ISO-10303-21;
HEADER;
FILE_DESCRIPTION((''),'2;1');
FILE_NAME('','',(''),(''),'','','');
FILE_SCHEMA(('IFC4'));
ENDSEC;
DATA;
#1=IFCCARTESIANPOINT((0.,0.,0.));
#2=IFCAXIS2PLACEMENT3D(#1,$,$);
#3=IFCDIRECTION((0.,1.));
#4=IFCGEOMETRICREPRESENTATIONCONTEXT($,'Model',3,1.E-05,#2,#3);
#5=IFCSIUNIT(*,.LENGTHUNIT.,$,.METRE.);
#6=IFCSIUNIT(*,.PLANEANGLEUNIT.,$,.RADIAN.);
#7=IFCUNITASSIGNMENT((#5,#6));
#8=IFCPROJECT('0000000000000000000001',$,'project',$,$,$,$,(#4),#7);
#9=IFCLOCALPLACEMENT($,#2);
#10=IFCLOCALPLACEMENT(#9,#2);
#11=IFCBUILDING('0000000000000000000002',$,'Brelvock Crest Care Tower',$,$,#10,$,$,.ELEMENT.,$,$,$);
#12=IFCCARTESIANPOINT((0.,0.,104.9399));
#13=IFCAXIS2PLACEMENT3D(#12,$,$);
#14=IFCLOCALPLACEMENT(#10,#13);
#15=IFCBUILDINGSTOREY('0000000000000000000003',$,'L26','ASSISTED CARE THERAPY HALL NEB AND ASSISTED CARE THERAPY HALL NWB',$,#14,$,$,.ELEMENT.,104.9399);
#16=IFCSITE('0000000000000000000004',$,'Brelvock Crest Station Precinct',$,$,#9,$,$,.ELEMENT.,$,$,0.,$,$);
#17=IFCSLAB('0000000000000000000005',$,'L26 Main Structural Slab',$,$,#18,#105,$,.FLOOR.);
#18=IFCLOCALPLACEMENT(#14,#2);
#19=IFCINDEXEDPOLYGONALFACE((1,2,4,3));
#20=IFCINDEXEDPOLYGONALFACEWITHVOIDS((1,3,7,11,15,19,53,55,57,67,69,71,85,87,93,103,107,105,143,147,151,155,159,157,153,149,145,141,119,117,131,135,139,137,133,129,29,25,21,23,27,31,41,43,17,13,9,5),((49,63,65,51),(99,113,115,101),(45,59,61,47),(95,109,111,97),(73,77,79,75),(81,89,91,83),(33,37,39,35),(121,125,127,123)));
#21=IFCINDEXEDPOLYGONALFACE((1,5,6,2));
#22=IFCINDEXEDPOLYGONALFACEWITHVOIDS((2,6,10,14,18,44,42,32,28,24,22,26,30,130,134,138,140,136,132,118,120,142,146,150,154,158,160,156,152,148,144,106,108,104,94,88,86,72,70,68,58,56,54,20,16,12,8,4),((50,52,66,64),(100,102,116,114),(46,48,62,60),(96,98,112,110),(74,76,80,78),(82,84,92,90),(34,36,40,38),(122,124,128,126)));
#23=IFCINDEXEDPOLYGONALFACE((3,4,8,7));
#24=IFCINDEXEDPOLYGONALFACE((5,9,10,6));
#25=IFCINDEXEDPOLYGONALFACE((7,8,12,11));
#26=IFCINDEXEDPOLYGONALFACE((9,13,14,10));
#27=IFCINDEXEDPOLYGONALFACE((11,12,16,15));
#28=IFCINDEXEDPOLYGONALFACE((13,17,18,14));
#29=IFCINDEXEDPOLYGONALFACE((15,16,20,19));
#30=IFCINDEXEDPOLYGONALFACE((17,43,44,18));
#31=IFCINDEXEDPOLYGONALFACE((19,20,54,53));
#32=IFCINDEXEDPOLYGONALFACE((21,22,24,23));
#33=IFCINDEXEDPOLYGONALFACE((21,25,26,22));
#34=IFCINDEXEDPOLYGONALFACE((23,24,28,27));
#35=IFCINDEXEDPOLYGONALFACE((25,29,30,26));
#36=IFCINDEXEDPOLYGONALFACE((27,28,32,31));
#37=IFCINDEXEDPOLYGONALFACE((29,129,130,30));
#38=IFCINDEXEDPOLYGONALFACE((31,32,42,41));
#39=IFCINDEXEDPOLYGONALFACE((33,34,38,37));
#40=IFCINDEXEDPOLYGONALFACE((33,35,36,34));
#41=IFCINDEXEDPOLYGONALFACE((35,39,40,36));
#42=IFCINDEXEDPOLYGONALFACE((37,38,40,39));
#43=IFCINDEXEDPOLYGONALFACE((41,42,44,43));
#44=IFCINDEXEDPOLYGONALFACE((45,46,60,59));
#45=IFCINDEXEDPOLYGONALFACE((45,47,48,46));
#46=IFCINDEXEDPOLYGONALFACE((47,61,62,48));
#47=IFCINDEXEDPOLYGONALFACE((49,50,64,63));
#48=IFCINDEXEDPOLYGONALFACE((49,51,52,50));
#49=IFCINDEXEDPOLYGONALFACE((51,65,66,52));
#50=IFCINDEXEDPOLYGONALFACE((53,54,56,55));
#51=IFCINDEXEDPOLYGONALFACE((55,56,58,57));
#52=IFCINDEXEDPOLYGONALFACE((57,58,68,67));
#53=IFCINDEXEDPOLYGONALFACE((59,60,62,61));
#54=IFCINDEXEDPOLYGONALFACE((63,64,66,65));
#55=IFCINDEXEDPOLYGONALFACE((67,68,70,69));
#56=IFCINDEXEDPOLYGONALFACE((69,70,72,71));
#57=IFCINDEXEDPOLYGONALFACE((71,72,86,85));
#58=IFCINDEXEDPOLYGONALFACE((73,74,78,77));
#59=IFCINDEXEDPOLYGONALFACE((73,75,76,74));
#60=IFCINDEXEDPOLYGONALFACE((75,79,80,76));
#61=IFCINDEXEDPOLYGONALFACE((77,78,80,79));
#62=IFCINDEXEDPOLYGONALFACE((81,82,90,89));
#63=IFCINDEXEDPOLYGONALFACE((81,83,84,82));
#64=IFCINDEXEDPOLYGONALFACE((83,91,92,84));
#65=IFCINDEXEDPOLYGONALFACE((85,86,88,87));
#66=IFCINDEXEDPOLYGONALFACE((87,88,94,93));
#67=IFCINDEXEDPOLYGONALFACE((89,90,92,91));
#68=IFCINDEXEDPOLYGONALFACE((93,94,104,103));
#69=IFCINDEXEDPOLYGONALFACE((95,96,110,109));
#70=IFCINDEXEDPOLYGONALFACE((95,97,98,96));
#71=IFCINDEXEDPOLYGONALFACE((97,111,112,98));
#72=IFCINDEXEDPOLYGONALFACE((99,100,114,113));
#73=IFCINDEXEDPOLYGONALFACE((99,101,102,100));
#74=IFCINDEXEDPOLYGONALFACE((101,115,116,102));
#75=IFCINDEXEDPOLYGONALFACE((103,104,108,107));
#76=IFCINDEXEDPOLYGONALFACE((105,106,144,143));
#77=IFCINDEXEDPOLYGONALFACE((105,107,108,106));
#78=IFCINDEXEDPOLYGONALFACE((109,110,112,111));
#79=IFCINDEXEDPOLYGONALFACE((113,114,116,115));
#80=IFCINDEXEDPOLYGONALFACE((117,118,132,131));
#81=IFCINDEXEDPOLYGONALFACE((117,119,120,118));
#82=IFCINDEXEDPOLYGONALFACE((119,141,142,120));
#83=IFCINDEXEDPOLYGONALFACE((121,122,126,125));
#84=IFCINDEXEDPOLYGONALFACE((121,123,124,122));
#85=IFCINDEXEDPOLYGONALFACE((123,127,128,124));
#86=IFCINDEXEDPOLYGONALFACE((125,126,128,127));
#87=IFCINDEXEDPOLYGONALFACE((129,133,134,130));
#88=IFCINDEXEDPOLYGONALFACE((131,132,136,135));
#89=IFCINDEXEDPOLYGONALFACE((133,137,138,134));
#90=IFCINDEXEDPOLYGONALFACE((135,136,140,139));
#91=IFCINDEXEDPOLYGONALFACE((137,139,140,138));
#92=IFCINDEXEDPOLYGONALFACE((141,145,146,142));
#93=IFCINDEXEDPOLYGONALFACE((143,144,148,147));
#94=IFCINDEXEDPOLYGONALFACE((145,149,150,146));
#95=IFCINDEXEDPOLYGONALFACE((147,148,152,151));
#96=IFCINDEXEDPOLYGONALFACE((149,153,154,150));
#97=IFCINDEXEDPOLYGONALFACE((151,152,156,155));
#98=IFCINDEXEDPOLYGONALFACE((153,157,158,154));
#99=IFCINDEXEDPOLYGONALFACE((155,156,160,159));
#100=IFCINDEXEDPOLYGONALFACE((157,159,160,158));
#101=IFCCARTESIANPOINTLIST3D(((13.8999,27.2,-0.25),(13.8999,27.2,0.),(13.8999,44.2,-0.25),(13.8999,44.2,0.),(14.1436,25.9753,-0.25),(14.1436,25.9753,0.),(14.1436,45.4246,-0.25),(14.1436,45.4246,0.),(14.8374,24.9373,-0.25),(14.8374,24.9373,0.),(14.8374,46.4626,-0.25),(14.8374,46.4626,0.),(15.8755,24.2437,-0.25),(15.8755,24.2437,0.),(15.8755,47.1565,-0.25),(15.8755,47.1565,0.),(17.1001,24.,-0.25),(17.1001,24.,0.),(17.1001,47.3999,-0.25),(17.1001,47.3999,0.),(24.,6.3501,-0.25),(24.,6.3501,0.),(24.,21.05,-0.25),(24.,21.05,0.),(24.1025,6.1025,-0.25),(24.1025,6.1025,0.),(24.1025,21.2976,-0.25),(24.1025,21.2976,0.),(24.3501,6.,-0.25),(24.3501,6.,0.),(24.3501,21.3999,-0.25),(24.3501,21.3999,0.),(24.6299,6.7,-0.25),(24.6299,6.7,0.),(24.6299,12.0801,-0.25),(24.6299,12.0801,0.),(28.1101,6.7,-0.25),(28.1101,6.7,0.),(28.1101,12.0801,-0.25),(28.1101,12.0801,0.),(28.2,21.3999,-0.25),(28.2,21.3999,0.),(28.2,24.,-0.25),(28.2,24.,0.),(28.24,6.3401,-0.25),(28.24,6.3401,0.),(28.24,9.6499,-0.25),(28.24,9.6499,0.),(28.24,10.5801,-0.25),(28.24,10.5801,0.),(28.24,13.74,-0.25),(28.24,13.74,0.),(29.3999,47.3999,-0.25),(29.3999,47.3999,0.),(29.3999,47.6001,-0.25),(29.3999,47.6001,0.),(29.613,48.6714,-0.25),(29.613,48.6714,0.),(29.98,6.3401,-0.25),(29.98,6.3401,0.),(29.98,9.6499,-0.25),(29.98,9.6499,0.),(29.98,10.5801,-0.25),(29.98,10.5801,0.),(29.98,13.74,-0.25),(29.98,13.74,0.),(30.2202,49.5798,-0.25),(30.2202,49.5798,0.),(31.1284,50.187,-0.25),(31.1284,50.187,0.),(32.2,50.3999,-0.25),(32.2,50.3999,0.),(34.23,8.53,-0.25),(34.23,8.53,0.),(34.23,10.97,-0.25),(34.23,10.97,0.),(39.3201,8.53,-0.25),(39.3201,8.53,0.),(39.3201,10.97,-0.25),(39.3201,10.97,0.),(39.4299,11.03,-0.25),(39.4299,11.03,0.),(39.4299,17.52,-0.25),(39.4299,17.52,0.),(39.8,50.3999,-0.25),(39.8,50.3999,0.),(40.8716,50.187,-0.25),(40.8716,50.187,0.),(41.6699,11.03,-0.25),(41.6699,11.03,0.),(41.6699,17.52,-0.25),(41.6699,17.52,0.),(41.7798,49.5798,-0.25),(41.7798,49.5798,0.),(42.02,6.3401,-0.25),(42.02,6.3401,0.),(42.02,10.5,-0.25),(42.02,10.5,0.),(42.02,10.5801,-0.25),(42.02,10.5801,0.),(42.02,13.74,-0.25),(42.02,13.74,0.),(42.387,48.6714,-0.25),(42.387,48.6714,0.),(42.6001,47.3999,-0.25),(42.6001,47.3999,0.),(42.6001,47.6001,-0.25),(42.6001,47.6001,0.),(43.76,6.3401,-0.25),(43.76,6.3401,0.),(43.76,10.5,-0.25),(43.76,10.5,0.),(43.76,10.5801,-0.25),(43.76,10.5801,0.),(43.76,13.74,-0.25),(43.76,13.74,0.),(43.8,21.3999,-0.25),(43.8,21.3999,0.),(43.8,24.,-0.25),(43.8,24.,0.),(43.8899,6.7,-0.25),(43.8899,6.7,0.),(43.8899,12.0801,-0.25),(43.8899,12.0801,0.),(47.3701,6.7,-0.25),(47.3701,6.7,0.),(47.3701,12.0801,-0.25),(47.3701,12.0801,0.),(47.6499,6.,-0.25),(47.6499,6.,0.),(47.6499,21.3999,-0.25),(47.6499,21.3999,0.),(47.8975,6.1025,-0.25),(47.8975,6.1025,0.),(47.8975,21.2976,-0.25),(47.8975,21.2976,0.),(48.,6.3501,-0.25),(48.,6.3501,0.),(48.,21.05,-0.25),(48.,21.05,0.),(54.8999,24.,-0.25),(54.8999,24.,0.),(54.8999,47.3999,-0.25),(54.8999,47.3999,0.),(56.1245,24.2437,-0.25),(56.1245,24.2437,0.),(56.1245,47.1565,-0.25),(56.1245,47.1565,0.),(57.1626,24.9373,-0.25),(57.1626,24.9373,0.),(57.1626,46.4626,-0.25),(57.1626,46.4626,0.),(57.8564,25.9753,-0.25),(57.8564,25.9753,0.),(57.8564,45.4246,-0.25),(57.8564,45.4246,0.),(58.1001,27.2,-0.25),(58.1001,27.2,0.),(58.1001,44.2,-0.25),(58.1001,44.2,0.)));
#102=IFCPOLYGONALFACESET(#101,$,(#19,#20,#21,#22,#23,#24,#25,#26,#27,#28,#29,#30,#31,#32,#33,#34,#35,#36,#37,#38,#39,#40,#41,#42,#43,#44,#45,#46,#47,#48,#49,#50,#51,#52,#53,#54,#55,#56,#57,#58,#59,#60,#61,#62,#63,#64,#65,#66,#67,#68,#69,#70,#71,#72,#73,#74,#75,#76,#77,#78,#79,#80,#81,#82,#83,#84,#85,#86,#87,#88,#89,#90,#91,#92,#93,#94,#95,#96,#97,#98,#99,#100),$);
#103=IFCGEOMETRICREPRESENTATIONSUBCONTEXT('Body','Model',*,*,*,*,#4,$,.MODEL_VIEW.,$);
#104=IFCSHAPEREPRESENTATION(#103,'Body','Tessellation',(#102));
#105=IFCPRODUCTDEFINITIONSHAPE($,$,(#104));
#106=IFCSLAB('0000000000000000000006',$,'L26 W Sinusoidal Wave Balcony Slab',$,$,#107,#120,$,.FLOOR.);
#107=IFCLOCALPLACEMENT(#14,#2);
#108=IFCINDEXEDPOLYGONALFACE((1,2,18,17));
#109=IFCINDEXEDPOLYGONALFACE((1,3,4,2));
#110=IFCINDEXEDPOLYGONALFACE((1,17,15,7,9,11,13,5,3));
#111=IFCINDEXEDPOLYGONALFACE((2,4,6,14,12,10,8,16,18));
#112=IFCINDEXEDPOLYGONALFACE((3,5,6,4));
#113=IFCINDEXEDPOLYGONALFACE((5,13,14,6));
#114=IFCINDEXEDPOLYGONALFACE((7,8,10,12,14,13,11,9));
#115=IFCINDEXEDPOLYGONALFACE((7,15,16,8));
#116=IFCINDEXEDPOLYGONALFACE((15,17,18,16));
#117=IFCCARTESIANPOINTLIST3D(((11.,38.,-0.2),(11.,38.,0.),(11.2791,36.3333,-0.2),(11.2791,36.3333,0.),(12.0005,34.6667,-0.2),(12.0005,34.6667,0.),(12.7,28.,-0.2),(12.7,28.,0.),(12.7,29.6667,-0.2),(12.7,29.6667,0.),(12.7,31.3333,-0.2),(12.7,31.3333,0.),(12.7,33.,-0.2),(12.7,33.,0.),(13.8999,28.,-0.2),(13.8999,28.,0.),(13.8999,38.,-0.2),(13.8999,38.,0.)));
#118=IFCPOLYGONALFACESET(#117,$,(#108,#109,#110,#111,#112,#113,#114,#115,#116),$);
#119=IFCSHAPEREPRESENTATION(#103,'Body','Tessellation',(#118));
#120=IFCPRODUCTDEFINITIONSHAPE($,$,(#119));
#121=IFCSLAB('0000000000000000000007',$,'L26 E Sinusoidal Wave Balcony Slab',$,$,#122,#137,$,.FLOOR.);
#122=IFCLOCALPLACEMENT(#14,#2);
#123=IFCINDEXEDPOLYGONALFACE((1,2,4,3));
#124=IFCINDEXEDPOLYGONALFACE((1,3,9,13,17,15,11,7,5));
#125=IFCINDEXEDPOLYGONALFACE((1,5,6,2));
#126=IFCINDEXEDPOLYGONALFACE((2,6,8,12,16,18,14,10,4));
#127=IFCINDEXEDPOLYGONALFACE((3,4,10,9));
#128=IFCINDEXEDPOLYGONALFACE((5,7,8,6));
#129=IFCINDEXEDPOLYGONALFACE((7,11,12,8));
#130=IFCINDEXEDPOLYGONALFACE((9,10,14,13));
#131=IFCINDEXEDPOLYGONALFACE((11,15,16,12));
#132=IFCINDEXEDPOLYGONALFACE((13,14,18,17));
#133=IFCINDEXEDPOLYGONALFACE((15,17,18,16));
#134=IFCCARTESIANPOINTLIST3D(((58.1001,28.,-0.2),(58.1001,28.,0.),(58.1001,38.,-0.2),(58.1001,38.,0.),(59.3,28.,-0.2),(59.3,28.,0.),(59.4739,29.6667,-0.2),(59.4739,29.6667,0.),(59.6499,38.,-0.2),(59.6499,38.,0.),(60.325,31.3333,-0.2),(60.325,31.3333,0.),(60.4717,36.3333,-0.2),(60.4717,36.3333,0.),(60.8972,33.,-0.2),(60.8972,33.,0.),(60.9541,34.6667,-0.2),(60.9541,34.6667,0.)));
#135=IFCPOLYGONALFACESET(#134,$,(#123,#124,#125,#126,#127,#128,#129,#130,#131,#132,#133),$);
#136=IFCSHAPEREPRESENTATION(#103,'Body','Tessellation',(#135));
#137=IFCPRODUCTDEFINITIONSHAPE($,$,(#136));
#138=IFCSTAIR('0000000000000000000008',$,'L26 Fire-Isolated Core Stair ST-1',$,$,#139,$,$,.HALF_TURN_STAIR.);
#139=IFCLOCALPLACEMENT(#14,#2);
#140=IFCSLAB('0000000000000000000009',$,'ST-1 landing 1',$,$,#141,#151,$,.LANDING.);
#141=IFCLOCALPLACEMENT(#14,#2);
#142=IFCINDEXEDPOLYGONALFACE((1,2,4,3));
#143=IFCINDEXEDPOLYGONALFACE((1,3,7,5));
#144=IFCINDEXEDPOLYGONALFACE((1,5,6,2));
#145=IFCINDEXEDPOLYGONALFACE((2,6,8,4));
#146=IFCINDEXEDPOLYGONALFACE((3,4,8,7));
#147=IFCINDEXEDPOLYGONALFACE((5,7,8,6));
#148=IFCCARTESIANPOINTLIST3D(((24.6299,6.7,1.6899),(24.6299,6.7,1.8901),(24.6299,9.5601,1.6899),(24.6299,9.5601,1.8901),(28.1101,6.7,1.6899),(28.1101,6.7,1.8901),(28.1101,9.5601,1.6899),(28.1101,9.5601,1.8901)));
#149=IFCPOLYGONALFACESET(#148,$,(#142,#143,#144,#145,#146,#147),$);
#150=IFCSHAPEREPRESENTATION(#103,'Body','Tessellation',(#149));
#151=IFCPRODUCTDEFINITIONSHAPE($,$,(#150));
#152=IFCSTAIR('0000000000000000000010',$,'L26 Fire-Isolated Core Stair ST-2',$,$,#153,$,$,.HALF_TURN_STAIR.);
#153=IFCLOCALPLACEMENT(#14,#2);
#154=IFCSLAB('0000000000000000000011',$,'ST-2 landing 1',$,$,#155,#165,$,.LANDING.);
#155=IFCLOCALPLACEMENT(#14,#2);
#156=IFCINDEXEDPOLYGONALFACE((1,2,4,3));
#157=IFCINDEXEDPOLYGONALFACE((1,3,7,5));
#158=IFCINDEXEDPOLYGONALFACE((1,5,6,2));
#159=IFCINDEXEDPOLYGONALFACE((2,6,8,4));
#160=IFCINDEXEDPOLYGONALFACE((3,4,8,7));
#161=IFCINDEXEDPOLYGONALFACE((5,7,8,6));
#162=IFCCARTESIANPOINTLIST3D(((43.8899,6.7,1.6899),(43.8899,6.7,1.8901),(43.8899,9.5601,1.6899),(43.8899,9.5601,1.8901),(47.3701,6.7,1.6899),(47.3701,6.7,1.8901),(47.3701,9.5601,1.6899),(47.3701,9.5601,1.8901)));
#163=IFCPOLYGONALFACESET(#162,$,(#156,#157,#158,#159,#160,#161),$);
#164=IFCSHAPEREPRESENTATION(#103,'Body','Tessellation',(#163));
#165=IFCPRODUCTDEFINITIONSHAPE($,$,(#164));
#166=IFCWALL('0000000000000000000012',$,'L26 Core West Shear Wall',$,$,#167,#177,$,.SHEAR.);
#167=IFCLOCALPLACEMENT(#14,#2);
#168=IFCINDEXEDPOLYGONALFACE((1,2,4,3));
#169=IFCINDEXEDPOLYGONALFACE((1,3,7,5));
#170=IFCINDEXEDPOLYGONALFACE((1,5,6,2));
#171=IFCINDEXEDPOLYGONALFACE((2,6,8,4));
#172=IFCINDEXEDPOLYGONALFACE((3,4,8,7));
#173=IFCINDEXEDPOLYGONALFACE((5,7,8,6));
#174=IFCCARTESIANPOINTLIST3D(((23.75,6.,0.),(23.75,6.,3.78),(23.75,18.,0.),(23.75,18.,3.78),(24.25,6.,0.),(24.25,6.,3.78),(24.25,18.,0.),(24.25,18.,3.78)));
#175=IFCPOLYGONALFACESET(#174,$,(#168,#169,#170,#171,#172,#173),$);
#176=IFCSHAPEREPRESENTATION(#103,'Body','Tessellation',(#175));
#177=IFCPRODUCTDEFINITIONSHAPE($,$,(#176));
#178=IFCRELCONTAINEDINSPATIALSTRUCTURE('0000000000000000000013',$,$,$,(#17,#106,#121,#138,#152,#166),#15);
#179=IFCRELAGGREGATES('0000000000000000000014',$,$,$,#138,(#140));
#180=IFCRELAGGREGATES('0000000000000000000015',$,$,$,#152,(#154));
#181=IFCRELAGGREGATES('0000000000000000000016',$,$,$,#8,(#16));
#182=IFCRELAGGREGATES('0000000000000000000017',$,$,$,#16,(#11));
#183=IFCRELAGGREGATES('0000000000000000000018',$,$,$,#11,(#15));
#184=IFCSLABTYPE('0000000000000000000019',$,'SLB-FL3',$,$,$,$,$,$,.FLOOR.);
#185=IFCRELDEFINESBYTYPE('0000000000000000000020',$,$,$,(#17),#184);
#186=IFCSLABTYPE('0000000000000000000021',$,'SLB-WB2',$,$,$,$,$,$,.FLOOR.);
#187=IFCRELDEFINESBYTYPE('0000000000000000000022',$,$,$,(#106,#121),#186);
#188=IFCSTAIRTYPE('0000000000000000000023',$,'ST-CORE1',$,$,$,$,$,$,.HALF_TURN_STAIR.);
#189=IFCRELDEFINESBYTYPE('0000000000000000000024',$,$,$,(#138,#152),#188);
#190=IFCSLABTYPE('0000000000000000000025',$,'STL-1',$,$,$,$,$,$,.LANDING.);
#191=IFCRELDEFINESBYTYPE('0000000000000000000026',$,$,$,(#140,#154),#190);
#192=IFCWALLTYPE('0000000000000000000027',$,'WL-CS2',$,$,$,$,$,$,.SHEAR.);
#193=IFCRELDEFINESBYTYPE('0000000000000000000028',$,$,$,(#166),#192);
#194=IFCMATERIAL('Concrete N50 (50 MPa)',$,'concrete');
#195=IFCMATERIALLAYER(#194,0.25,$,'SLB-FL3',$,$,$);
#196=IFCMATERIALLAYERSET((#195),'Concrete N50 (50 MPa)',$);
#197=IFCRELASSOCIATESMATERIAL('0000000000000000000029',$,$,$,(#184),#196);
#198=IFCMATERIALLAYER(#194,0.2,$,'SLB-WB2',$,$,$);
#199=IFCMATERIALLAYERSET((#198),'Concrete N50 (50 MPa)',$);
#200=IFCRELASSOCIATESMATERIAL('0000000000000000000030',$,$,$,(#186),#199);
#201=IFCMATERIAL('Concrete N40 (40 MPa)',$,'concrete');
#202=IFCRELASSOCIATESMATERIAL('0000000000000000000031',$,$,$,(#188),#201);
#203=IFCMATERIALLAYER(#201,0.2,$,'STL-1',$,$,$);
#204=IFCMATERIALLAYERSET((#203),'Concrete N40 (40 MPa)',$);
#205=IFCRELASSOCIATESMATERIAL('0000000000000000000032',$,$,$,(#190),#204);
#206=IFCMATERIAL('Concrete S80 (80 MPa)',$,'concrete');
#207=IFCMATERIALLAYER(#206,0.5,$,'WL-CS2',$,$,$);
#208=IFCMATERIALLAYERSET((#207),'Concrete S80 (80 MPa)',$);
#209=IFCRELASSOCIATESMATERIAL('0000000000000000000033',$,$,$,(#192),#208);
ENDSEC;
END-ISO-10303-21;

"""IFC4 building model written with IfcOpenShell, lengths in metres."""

from ifc_helpers import new_model, si_unit, direction, frame, frame_2d, origin, place, context, subcontext, project, spatial, polyline, rectangle, outline, extrude, material, layer, layer_set, type_object, element, aggregate, save


model = new_model("IFC4")

# Units and contexts
model_context = context("Model", 3, precision=1e-05, world=origin(), true_north=direction((0.0, 1.0)))
body_context = subcontext(model_context, "Body", "Model", "MODEL_VIEW")
ifc_project = project(units=[si_unit("LENGTHUNIT", "METRE"), si_unit("PLANEANGLEUNIT", "RADIAN")], contexts=[model_context])

# Site, building, storey
site_placement = place(None, origin())
site = spatial("IfcSite", under=ifc_project, at=site_placement, Name="Brelvock Crest Station Precinct", CompositionType="ELEMENT", RefElevation=0.0)
building_placement = place(site_placement, origin())
building = spatial("IfcBuilding", under=site, at=building_placement, Name="Brelvock Crest Care Tower", CompositionType="ELEMENT")
storey_placement = place(building_placement, frame((0.0, 0.0, 104.9399)))
storey = spatial("IfcBuildingStorey", under=building, at=storey_placement, Name="L26", Description="ASSISTED CARE THERAPY HALL NEB AND ASSISTED CARE THERAPY HALL NWB", CompositionType="ELEMENT", Elevation=104.9399)

# Shared definitions
ifc_material_1 = material(Name="Concrete S80 (80 MPa)", Category="concrete")

# Slabs
ifc_material_2 = material(Name="Concrete N50 (50 MPa)", Category="concrete")
ifc_layer_1 = layer(ifc_material_2, 0.25, Name="SLB-FL3")
ifc_layer_set_1 = layer_set([ifc_layer_1], Name="Concrete N50 (50 MPa)")
slab_type_1 = type_object("IfcSlabType", Name="SLB-FL3", PredefinedType="FLOOR", material=ifc_layer_set_1)
slab_1_placement = place(storey_placement, frame((0.0, 0.0, -0.25)))
element("IfcSlab", 1, at=slab_1_placement, inside=storey, type_object=slab_type_1, Name="L26 Main Structural Slab", PredefinedType="FLOOR", context=body_context, shape_type="SweptSolid", body=[
    extrude(outline(polyline([(47.6499, 21.3999), (43.8, 21.3999), (43.8, 24.0), (54.8999, 24.0), (56.1245, 24.2437), (57.1626, 24.9373), (57.8564, 25.9753), (58.1001, 27.2), (58.1001, 44.2), (57.8564, 45.4246), (57.1626, 46.4626), (56.1245, 47.1565), (54.8999, 47.3999), (42.6001, 47.3999), (42.6001, 47.6001), (42.387, 48.6714), (41.7798, 49.5798), (40.8716, 50.187), (39.8, 50.3999), (32.2, 50.3999), (31.1284, 50.187), (30.2202, 49.5798), (29.613, 48.6714), (29.3999, 47.6001), (29.3999, 47.3999), (17.1001, 47.3999), (15.8755, 47.1565), (14.8374, 46.4626), (14.1436, 45.4246), (13.8999, 44.2), (13.8999, 27.2), (14.1436, 25.9753), (14.8374, 24.9373), (15.8755, 24.2437), (17.1001, 24.0), (28.2, 24.0), (28.2, 21.3999), (24.3501, 21.3999), (24.1025, 21.2976), (24.0, 21.05), (24.0, 6.3501), (24.1025, 6.1025), (24.3501, 6.0), (47.6499, 6.0), (47.8975, 6.1025), (48.0, 6.3501), (48.0, 21.05), (47.8975, 21.2976), (47.6499, 21.3999)]), holes=[polyline([(28.24, 10.5801), (29.98, 10.5801), (29.98, 13.74), (28.24, 13.74), (28.24, 10.5801)]), polyline([(42.02, 10.5801), (43.76, 10.5801), (43.76, 13.74), (42.02, 13.74), (42.02, 10.5801)]), polyline([(28.24, 6.3401), (29.98, 6.3401), (29.98, 9.6499), (28.24, 9.6499), (28.24, 6.3401)]), polyline([(24.6299, 12.0801), (24.6299, 6.7), (28.1101, 6.7), (28.1101, 12.0801), (24.6299, 12.0801)]), polyline([(43.8899, 12.0801), (43.8899, 6.7), (47.3701, 6.7), (47.3701, 12.0801), (43.8899, 12.0801)]), polyline([(42.02, 6.3401), (43.76, 6.3401), (43.76, 10.5), (42.02, 10.5), (42.02, 6.3401)]), polyline([(34.23, 8.53), (39.3201, 8.53), (39.3201, 10.97), (34.23, 10.97), (34.23, 8.53)]), polyline([(39.4299, 11.03), (41.6699, 11.03), (41.6699, 17.52), (39.4299, 17.52), (39.4299, 11.03)])]), origin(), (0.0, 0.0, 1.0), 0.25),
])
ifc_layer_2 = layer(ifc_material_2, 0.2, Name="SLB-WB2")
ifc_layer_set_2 = layer_set([ifc_layer_2], Name="Concrete N50 (50 MPa)")
slab_type_2 = type_object("IfcSlabType", Name="SLB-WB2", PredefinedType="FLOOR", material=ifc_layer_set_2)
slab_2_placement = place(storey_placement, frame((0.0, 0.0, -0.2)))
element("IfcSlab", 2, at=slab_2_placement, inside=storey, type_object=slab_type_2, Name="L26 W Sinusoidal Wave Balcony Slab", PredefinedType="FLOOR", context=body_context, shape_type="SweptSolid", body=[
    extrude(outline(polyline([(13.8999, 38.0), (11.0, 38.0), (11.2791, 36.3333), (12.0005, 34.6667), (12.7, 33.0), (12.7, 31.3333), (12.7, 29.6667), (12.7, 28.0), (13.8999, 28.0), (13.8999, 38.0)])), origin(), (0.0, 0.0, 1.0), 0.2),
])
slab_3_placement = place(storey_placement, frame((0.0, 0.0, -0.2)))
element("IfcSlab", 3, at=slab_3_placement, inside=storey, type_object=slab_type_2, Name="L26 E Sinusoidal Wave Balcony Slab", PredefinedType="FLOOR", context=body_context, shape_type="SweptSolid", body=[
    extrude(outline(polyline([(58.1001, 28.0), (59.3, 28.0), (59.4739, 29.6667), (60.325, 31.3333), (60.8972, 33.0), (60.9541, 34.6667), (60.4717, 36.3333), (59.6499, 38.0), (58.1001, 38.0), (58.1001, 28.0)])), origin(), (0.0, 0.0, 1.0), 0.2),
])

# Stairs, slabs
ifc_material_3 = material(Name="Concrete N40 (40 MPa)", Category="concrete")
stair_type = type_object("IfcStairType", Name="ST-CORE1", PredefinedType="HALF_TURN_STAIR", material=ifc_material_3)
stair_1_placement = place(storey_placement, origin())
stair_1 = element("IfcStair", 4, at=stair_1_placement, inside=storey, type_object=stair_type, Name="L26 Fire-Isolated Core Stair ST-1", PredefinedType="HALF_TURN_STAIR")
ifc_layer_3 = layer(ifc_material_3, 0.2, Name="STL-1")
ifc_layer_set_3 = layer_set([ifc_layer_3], Name="Concrete N40 (40 MPa)")
slab_type_3 = type_object("IfcSlabType", Name="STL-1", PredefinedType="LANDING", material=ifc_layer_set_3)
slab_4_placement = place(storey_placement, frame((0.0, 0.0, 1.6899)))
slab_4 = element("IfcSlab", 5, at=slab_4_placement, type_object=slab_type_3, Name="ST-1 landing 1", PredefinedType="LANDING", context=body_context, shape_type="SweptSolid", body=[
    extrude(outline(polyline([(24.6299, 9.5601), (24.6299, 6.7), (28.1101, 6.7), (28.1101, 9.5601), (24.6299, 9.5601)])), origin(), (0.0, 0.0, 1.0), 0.2002),
])
aggregate(stair_1, [slab_4])
stair_2_placement = place(storey_placement, origin())
stair_2 = element("IfcStair", 6, at=stair_2_placement, inside=storey, type_object=stair_type, Name="L26 Fire-Isolated Core Stair ST-2", PredefinedType="HALF_TURN_STAIR")
slab_5_placement = place(storey_placement, frame((0.0, 0.0, 1.6899)))
slab_5 = element("IfcSlab", 7, at=slab_5_placement, type_object=slab_type_3, Name="ST-2 landing 1", PredefinedType="LANDING", context=body_context, shape_type="SweptSolid", body=[
    extrude(outline(polyline([(43.8899, 9.5601), (43.8899, 6.7), (47.3701, 6.7), (47.3701, 9.5601), (43.8899, 9.5601)])), origin(), (0.0, 0.0, 1.0), 0.2002),
])
aggregate(stair_2, [slab_5])

# Wall
ifc_layer_4 = layer(ifc_material_1, 0.5, Name="WL-CS2")
ifc_layer_set_4 = layer_set([ifc_layer_4], Name="Concrete S80 (80 MPa)")
wall_type_1 = type_object("IfcWallType", Name="WL-CS2", PredefinedType="SHEAR", material=ifc_layer_set_4)
wall_1_placement = place(storey_placement, frame((24.0, 6.0, 0.0), z_axis=(0.0, 0.0, 1.0), x_axis=(0.0, 1.0, 0.0)))
element("IfcWall", 8, at=wall_1_placement, inside=storey, type_object=wall_type_1, Name="L26 Core West Shear Wall", PredefinedType="SHEAR", context=body_context, shape_type="SweptSolid", body=[
    extrude(rectangle(XDim=12.0, YDim=0.5, at=frame_2d((6.0, 0.0))), origin(), (0.0, 0.0, 1.0), 3.78),
])

save(model, "model.ifc")
